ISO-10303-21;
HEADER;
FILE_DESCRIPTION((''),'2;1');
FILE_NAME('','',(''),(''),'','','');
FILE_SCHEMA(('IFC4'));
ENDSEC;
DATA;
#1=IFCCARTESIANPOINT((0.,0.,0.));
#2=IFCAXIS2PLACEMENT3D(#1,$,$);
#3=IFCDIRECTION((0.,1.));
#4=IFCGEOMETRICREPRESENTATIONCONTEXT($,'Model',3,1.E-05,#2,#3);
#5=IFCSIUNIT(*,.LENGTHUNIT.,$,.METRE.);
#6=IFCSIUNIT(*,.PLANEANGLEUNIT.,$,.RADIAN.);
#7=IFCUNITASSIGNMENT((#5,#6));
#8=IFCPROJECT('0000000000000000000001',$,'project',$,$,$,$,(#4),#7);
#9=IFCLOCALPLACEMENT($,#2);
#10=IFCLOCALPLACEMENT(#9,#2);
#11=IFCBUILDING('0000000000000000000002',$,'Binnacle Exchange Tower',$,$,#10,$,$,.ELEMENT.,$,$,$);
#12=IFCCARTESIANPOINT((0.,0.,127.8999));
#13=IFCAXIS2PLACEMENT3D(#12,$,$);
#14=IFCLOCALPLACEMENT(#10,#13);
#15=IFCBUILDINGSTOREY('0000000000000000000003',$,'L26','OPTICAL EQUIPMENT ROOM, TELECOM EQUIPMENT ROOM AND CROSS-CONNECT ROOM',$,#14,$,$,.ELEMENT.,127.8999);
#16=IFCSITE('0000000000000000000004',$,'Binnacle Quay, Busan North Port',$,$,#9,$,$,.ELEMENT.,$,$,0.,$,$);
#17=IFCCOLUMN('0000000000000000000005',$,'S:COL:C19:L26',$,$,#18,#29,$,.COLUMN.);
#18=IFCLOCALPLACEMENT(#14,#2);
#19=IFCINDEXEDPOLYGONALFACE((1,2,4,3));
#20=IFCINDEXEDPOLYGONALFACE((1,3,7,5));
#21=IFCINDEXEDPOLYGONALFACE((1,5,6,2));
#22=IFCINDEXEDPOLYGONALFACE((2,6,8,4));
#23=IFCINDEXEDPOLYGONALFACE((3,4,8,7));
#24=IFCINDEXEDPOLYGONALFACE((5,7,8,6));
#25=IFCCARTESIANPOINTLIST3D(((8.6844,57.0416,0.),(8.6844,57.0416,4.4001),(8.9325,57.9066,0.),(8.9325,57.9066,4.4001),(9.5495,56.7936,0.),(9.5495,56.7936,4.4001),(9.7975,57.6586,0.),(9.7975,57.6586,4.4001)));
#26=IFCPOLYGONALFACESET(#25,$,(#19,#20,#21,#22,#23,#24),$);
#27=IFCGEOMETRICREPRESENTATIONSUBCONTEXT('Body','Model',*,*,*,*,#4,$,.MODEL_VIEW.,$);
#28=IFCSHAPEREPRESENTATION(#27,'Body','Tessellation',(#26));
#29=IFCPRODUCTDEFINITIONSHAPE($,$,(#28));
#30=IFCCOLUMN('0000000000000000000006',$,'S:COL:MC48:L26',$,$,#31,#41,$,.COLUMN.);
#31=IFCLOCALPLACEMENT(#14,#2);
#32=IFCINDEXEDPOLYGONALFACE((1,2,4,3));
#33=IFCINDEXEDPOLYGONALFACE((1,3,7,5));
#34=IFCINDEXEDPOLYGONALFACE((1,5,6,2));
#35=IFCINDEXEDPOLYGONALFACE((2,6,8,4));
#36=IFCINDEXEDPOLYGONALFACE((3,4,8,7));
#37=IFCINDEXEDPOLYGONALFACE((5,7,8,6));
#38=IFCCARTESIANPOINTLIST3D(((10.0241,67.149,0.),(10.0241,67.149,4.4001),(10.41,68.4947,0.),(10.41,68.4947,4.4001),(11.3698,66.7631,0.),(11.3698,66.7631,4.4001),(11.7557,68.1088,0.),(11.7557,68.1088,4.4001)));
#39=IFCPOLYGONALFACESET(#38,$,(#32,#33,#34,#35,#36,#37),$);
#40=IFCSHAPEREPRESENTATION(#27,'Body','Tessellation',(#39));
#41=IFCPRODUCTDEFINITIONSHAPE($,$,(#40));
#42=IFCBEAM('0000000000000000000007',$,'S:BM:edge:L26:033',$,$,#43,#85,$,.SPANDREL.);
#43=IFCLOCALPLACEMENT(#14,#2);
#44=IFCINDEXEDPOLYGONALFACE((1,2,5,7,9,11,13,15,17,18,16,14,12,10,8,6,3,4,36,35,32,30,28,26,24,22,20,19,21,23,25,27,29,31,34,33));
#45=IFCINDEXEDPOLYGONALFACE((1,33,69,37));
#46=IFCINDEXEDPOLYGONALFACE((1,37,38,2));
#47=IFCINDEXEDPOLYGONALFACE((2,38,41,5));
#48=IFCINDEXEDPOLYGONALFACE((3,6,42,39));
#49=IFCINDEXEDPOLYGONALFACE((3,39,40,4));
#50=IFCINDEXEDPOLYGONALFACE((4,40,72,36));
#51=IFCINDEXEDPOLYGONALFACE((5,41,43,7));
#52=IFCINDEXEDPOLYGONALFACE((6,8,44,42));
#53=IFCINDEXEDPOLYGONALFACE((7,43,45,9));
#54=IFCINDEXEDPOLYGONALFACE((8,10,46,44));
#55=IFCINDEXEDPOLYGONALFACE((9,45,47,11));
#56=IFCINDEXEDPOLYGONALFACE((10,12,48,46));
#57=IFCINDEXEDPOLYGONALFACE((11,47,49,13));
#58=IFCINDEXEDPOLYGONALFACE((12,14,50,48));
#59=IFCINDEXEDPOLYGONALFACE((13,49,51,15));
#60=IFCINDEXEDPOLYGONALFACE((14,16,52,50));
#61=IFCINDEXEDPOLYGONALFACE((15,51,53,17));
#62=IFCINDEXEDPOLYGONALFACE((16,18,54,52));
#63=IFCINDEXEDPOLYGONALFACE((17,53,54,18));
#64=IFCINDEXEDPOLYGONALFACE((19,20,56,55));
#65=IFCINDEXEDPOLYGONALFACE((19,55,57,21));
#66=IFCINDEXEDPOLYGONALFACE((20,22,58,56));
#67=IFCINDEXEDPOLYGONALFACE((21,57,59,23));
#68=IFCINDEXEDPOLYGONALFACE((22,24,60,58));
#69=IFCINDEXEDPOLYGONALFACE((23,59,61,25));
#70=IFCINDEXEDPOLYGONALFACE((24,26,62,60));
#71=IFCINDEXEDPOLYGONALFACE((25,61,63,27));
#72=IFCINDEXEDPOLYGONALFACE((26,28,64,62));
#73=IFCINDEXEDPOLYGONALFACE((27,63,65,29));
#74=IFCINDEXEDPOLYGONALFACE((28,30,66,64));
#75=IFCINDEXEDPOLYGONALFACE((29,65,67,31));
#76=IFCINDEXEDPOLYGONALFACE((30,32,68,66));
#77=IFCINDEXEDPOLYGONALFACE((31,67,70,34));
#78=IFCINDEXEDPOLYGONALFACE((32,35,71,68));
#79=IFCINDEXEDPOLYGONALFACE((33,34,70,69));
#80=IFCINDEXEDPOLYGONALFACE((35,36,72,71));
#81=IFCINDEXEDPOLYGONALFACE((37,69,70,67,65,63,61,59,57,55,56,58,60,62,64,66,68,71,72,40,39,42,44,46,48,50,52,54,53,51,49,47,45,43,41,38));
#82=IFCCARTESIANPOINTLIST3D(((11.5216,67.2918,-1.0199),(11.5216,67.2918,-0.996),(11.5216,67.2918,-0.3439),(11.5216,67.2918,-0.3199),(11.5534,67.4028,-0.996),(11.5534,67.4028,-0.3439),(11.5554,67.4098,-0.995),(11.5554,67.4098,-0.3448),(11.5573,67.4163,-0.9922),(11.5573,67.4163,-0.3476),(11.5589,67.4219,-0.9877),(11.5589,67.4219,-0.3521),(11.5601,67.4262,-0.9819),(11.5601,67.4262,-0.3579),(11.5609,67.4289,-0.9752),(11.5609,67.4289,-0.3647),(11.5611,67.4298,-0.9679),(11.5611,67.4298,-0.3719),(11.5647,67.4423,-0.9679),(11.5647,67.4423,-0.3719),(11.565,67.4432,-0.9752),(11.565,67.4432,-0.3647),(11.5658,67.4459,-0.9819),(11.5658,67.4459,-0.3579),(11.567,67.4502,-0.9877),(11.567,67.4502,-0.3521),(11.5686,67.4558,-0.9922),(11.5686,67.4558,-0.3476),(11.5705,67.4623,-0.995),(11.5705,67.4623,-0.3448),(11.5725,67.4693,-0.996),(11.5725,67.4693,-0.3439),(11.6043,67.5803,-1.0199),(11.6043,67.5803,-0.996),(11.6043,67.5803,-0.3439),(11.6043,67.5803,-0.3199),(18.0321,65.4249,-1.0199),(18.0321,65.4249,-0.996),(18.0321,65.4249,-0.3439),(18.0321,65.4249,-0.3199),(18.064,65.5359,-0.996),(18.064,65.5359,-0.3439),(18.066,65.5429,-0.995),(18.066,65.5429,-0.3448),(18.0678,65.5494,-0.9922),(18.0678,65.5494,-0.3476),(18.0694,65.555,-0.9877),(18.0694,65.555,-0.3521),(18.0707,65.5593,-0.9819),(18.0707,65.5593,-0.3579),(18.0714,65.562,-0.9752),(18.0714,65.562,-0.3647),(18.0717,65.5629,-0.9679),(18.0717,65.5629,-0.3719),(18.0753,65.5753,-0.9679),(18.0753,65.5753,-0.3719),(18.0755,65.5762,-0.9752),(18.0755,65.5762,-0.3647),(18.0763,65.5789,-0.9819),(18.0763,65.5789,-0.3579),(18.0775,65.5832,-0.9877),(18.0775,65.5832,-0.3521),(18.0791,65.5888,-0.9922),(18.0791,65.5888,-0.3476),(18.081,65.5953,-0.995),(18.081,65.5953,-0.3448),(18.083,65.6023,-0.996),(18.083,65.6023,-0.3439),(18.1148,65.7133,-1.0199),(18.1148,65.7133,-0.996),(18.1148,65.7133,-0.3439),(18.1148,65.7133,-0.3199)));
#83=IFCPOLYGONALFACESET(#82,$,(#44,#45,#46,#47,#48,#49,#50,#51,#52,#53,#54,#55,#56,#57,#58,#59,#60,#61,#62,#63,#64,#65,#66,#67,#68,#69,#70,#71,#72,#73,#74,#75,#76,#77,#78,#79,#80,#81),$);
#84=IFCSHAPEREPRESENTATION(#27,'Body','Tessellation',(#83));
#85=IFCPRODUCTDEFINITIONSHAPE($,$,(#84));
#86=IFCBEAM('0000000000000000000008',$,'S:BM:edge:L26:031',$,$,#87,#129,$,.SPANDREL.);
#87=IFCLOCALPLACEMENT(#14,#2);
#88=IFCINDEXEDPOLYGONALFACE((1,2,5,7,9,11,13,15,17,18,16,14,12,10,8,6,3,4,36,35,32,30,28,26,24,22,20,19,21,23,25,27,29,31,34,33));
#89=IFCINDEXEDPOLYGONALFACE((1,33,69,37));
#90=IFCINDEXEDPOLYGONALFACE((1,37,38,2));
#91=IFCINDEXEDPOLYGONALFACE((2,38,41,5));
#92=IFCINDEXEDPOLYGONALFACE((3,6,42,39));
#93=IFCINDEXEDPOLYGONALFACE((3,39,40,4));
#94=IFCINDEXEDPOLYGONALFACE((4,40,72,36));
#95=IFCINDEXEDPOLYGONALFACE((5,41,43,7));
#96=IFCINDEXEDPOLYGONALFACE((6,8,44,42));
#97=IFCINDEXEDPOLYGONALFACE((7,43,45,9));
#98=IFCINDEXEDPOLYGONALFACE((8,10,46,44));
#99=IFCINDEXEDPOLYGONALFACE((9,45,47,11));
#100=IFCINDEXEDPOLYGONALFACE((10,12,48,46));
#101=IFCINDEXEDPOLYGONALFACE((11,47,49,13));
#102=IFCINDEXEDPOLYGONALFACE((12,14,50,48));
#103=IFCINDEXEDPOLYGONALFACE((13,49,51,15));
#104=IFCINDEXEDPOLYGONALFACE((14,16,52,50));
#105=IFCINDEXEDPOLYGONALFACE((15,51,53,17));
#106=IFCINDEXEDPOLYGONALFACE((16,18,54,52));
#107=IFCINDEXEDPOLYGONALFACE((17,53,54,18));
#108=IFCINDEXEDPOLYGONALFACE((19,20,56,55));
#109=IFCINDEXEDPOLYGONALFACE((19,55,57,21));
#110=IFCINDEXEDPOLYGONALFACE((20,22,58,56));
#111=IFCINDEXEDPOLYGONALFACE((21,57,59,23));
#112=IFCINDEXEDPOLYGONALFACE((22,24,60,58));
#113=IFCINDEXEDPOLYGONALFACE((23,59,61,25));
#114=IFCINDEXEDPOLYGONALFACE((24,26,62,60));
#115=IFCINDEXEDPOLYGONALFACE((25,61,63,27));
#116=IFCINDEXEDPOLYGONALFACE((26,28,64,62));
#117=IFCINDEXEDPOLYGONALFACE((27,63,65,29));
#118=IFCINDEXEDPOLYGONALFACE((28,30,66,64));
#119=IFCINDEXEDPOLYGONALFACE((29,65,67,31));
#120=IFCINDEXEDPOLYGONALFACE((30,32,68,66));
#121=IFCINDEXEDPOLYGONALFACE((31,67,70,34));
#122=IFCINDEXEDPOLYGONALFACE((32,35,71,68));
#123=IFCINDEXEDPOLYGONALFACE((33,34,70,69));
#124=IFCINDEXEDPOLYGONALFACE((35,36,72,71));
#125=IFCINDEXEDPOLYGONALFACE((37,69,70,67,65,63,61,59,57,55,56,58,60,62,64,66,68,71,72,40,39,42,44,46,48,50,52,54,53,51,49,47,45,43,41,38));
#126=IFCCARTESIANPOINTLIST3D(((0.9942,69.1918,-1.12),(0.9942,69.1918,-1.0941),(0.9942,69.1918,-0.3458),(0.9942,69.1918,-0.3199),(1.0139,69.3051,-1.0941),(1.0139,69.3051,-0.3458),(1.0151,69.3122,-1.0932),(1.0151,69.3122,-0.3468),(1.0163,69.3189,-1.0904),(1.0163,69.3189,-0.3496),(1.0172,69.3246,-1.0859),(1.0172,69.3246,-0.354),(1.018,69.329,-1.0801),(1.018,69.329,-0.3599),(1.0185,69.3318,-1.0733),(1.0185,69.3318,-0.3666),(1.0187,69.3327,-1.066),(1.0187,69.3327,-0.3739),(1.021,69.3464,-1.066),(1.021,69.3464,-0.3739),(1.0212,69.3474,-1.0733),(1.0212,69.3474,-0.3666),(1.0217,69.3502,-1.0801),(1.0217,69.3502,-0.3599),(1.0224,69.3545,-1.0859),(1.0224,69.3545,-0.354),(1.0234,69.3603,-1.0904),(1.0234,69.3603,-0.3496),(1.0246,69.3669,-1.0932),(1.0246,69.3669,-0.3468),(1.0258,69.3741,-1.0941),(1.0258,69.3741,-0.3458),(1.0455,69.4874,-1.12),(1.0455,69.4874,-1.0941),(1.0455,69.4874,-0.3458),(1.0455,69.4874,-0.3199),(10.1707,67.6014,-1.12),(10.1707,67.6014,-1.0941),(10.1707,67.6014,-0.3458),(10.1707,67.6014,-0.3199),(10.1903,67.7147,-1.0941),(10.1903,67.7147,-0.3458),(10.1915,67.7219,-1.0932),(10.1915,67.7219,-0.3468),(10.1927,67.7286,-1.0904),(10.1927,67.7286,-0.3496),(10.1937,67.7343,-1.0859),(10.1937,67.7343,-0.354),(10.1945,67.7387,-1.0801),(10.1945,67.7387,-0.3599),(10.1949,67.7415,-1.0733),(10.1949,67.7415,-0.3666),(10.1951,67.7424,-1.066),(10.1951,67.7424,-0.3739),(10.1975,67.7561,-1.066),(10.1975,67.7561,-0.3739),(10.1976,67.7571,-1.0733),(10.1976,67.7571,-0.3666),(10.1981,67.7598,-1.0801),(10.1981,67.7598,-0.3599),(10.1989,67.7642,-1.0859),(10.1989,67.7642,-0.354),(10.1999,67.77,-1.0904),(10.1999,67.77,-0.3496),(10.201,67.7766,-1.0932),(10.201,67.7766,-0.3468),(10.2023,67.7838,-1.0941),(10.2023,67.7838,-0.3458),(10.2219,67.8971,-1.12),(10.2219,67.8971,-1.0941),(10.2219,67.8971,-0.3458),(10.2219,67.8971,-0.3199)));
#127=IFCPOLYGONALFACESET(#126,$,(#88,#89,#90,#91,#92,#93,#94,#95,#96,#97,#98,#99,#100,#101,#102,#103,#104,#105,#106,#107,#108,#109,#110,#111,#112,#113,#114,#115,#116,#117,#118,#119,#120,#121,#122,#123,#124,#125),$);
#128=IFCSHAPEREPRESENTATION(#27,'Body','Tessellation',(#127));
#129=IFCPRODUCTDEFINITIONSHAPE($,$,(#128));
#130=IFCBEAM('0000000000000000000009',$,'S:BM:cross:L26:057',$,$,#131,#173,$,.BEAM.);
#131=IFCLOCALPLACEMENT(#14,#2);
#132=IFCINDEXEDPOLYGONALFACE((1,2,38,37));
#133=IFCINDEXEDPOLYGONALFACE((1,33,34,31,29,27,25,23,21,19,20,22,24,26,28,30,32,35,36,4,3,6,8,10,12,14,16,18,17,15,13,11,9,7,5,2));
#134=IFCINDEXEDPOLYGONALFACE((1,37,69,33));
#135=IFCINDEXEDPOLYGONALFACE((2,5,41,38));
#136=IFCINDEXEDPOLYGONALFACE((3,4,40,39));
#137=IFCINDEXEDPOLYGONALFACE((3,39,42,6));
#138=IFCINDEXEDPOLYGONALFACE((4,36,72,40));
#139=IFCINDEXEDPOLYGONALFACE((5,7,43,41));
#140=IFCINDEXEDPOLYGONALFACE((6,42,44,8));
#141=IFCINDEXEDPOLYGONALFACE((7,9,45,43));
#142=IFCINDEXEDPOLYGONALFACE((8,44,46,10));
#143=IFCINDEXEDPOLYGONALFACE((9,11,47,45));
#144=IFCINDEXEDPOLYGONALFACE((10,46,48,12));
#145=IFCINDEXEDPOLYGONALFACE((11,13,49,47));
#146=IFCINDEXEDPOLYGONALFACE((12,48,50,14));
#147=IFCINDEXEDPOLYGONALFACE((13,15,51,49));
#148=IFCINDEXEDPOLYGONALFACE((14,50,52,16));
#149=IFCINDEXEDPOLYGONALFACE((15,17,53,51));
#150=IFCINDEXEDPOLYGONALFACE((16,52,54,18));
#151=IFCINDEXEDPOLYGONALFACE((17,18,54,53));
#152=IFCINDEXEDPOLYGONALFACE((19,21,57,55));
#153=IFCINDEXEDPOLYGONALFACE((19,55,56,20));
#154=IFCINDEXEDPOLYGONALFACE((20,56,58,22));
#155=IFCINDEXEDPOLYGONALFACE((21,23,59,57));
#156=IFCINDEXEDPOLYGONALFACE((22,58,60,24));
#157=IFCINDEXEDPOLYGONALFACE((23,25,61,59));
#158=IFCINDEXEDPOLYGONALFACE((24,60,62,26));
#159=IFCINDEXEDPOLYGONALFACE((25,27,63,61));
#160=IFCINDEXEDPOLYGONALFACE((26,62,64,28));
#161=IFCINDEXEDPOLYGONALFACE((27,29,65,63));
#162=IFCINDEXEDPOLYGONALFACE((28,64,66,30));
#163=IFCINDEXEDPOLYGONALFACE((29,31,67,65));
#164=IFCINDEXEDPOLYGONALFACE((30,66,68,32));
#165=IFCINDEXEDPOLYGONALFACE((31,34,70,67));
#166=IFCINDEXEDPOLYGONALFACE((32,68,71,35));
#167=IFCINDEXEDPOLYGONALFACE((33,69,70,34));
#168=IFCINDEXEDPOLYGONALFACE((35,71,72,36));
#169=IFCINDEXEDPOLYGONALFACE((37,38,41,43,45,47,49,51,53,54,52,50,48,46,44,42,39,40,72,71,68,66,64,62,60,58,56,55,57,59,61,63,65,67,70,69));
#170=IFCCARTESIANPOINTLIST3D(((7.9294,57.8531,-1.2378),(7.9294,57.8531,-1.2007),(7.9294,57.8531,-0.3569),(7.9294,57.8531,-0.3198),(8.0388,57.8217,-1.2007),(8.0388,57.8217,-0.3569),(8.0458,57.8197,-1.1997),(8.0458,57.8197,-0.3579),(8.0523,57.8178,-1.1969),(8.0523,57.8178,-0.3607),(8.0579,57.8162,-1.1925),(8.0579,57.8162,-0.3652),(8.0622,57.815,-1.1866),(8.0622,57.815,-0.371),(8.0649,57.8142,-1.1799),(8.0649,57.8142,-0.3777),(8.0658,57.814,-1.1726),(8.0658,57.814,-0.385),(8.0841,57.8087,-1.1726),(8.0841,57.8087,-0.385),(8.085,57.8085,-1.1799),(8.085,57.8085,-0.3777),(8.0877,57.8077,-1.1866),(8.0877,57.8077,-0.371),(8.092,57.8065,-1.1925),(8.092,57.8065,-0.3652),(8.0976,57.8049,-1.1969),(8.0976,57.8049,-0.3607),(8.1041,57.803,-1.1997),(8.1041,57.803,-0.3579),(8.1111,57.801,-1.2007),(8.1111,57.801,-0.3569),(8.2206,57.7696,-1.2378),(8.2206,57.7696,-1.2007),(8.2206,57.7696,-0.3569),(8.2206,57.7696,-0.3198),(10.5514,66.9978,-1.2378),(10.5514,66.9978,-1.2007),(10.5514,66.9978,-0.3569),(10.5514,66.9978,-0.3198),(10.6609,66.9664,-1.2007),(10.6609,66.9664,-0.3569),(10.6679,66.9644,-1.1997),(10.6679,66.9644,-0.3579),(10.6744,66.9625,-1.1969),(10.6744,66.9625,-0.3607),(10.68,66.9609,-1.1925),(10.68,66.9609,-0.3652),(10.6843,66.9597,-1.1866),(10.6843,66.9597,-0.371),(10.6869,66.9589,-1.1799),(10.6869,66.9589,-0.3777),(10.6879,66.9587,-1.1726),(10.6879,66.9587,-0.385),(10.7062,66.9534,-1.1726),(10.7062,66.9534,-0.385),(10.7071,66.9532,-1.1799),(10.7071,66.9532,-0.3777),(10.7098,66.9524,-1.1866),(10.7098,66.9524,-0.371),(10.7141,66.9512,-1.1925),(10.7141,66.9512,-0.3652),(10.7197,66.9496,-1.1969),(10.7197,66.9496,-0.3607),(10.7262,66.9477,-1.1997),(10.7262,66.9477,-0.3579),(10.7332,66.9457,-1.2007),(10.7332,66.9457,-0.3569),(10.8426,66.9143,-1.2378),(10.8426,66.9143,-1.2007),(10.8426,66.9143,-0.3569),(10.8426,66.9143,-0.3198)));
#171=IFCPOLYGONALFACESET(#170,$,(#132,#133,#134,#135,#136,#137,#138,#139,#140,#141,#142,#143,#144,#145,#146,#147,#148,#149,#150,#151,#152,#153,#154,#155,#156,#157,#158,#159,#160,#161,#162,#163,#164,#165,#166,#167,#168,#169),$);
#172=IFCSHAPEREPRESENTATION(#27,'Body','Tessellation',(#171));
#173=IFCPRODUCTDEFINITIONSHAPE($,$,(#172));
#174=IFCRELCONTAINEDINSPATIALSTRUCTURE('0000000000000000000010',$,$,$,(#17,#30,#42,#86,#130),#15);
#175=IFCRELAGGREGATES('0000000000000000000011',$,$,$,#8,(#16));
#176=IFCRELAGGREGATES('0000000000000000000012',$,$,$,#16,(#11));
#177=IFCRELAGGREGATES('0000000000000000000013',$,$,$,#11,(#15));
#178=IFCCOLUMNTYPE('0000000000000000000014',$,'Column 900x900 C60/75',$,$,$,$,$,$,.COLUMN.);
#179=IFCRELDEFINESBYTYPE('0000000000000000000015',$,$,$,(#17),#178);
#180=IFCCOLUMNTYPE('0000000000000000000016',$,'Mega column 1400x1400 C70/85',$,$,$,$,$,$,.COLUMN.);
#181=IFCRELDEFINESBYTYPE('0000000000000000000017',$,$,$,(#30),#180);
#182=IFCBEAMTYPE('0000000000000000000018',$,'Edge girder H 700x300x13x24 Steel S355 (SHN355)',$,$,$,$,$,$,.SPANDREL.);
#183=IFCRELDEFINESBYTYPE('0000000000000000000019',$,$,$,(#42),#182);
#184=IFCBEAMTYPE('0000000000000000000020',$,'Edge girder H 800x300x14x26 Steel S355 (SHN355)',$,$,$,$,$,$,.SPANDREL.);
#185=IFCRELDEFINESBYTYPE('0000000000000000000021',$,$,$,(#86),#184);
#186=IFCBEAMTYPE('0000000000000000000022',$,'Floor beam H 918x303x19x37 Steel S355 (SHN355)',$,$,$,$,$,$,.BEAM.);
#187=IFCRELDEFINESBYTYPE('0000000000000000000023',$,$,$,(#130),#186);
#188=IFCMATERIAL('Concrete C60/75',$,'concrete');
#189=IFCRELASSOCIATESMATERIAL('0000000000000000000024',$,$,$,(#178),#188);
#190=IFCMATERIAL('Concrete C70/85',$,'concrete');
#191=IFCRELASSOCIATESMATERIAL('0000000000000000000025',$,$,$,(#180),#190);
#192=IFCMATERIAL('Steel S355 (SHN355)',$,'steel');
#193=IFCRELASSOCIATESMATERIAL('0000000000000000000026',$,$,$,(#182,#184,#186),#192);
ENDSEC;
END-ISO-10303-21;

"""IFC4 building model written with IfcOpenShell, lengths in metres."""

from ifc_helpers import new_model, si_unit, direction, frame, origin, origin_2d, place, context, subcontext, project, spatial, rectangle, i_section, extrude, material, material_profile, profile_set, type_object, element, save


model = new_model("IFC4")

# Units and contexts
model_context = context("Model", 3, precision=1e-05, world=origin(), true_north=direction((0.0, 1.0)))
body_context = subcontext(model_context, "Body", "Model", "MODEL_VIEW")
ifc_project = project(units=[si_unit("LENGTHUNIT", "METRE"), si_unit("PLANEANGLEUNIT", "RADIAN")], contexts=[model_context])

# Site, building, storey
site_placement = place(None, origin())
site = spatial("IfcSite", under=ifc_project, at=site_placement, Name="Binnacle Quay, Busan North Port", CompositionType="ELEMENT", RefElevation=0.0)
building_placement = place(site_placement, origin())
building = spatial("IfcBuilding", under=site, at=building_placement, Name="Binnacle Exchange Tower", CompositionType="ELEMENT")
storey_placement = place(building_placement, frame((0.0, 0.0, 127.8999)))
storey = spatial("IfcBuildingStorey", under=building, at=storey_placement, Name="L26", Description="OPTICAL EQUIPMENT ROOM, TELECOM EQUIPMENT ROOM AND CROSS-CONNECT ROOM", CompositionType="ELEMENT", Elevation=127.8999)

# Columns
ifc_material_1 = material(Name="Concrete C60/75", Category="concrete")
ifc_material_profile_1 = material_profile(ifc_material_1, rectangle(XDim=0.8999, YDim=0.8999, at=origin_2d()), Name="Column 900x900 C60/75")
ifc_profile_set_1 = profile_set([ifc_material_profile_1], Name="Concrete C60/75")
column_type_1 = type_object("IfcColumnType", Name="Column 900x900 C60/75", PredefinedType="COLUMN", material=ifc_profile_set_1)
column_1_placement = place(storey_placement, frame((9.241, 57.3501, 0.0), z_axis=(0.0, 0.0, 1.0), x_axis=(0.961262, -0.275637, 0.0)))
element("IfcColumn", 1, at=column_1_placement, inside=storey, type_object=column_type_1, Name="S:COL:C19:L26", PredefinedType="COLUMN", context=body_context, shape_type="SweptSolid", body=[
    extrude(rectangle(XDim=0.8999, YDim=0.8999, at=origin_2d()), origin(), (0.0, 0.0, 1.0), 4.4001),
])
ifc_material_2 = material(Name="Concrete C70/85", Category="concrete")
ifc_material_profile_2 = material_profile(ifc_material_2, rectangle(XDim=1.3999, YDim=1.3999, at=origin_2d()), Name="Mega column 1400x1400 C70/85")
ifc_profile_set_2 = profile_set([ifc_material_profile_2], Name="Concrete C70/85")
column_type_2 = type_object("IfcColumnType", Name="Mega column 1400x1400 C70/85", PredefinedType="COLUMN", material=ifc_profile_set_2)
column_2_placement = place(storey_placement, frame((10.8899, 67.6289, 0.0), z_axis=(0.0, 0.0, 1.0), x_axis=(-0.961262, 0.275637, 0.0)))
element("IfcColumn", 2, at=column_2_placement, inside=storey, type_object=column_type_2, Name="S:COL:MC48:L26", PredefinedType="COLUMN", context=body_context, shape_type="SweptSolid", body=[
    extrude(rectangle(XDim=1.3999, YDim=1.3999, at=origin_2d()), origin(), (0.0, 0.0, 1.0), 4.4001),
])

# Beams
ifc_material_3 = material(Name="Steel S355 (SHN355)", Category="steel")
ifc_material_profile_3 = material_profile(ifc_material_3, i_section(OverallWidth=0.3, OverallDepth=0.7, WebThickness=0.0129, FlangeThickness=0.0239, FilletRadius=0.0281, at=origin_2d()), Name="H 700x300x13x24")
ifc_profile_set_3 = profile_set([ifc_material_profile_3], Name="Steel S355 (SHN355)")
beam_type_1 = type_object("IfcBeamType", Name="Edge girder H 700x300x13x24 Steel S355 (SHN355)", PredefinedType="SPANDREL", material=ifc_profile_set_3)
beam_1_placement = place(storey_placement, frame((18.0735, 65.5691, -0.6699), z_axis=(-0.961258, 0.275649, 0.0), x_axis=(-0.275649, -0.961258, 0.0)))
element("IfcBeam", 3, at=beam_1_placement, inside=storey, type_object=beam_type_1, Name="S:BM:edge:L26:033", PredefinedType="SPANDREL", context=body_context, shape_type="SweptSolid", body=[
    extrude(i_section(OverallWidth=0.3, OverallDepth=0.7, WebThickness=0.0129, FlangeThickness=0.0239, FilletRadius=0.0281, at=origin_2d()), origin(), (0.0, 0.0, 1.0), 6.7729),
])
ifc_material_profile_4 = material_profile(ifc_material_3, i_section(OverallWidth=0.3, OverallDepth=0.8, WebThickness=0.0139, FlangeThickness=0.0259, FilletRadius=0.0281, at=origin_2d()), Name="H 800x300x14x26")
ifc_profile_set_4 = profile_set([ifc_material_profile_4], Name="Steel S355 (SHN355)")
beam_type_2 = type_object("IfcBeamType", Name="Edge girder H 800x300x14x26 Steel S355 (SHN355)", PredefinedType="SPANDREL", material=ifc_profile_set_4)
beam_2_placement = place(storey_placement, frame((10.1963, 67.7493, -0.72), z_axis=(-0.985313, 0.170759, 0.0), x_axis=(-0.170759, -0.985313, 0.0)))
element("IfcBeam", 4, at=beam_2_placement, inside=storey, type_object=beam_type_2, Name="S:BM:edge:L26:031", PredefinedType="SPANDREL", context=body_context, shape_type="SweptSolid", body=[
    extrude(i_section(OverallWidth=0.3, OverallDepth=0.8, WebThickness=0.0139, FlangeThickness=0.0259, FilletRadius=0.0281, at=origin_2d()), origin(), (0.0, 0.0, 1.0), 9.3132),
])
ifc_material_profile_5 = material_profile(ifc_material_3, i_section(OverallWidth=0.303, OverallDepth=0.918, WebThickness=0.019, FlangeThickness=0.0371, FilletRadius=0.0281, at=origin_2d()), Name="H 918x303x19x37")
ifc_profile_set_5 = profile_set([ifc_material_profile_5], Name="Steel S355 (SHN355)")
beam_type_3 = type_object("IfcBeamType", Name="Floor beam H 918x303x19x37 Steel S355 (SHN355)", PredefinedType="BEAM", material=ifc_profile_set_5)
beam_3_placement = place(storey_placement, frame((10.697, 66.9561, -0.7788), z_axis=(-0.275623, -0.961266, 0.0), x_axis=(0.961266, -0.275623, 0.0)))
element("IfcBeam", 5, at=beam_3_placement, inside=storey, type_object=beam_type_3, Name="S:BM:cross:L26:057", PredefinedType="BEAM", context=body_context, shape_type="SweptSolid", body=[
    extrude(i_section(OverallWidth=0.303, OverallDepth=0.918, WebThickness=0.019, FlangeThickness=0.0371, FilletRadius=0.0281, at=origin_2d()), origin(), (0.0, 0.0, 1.0), 9.5132),
])

save(model, "model.ifc")
